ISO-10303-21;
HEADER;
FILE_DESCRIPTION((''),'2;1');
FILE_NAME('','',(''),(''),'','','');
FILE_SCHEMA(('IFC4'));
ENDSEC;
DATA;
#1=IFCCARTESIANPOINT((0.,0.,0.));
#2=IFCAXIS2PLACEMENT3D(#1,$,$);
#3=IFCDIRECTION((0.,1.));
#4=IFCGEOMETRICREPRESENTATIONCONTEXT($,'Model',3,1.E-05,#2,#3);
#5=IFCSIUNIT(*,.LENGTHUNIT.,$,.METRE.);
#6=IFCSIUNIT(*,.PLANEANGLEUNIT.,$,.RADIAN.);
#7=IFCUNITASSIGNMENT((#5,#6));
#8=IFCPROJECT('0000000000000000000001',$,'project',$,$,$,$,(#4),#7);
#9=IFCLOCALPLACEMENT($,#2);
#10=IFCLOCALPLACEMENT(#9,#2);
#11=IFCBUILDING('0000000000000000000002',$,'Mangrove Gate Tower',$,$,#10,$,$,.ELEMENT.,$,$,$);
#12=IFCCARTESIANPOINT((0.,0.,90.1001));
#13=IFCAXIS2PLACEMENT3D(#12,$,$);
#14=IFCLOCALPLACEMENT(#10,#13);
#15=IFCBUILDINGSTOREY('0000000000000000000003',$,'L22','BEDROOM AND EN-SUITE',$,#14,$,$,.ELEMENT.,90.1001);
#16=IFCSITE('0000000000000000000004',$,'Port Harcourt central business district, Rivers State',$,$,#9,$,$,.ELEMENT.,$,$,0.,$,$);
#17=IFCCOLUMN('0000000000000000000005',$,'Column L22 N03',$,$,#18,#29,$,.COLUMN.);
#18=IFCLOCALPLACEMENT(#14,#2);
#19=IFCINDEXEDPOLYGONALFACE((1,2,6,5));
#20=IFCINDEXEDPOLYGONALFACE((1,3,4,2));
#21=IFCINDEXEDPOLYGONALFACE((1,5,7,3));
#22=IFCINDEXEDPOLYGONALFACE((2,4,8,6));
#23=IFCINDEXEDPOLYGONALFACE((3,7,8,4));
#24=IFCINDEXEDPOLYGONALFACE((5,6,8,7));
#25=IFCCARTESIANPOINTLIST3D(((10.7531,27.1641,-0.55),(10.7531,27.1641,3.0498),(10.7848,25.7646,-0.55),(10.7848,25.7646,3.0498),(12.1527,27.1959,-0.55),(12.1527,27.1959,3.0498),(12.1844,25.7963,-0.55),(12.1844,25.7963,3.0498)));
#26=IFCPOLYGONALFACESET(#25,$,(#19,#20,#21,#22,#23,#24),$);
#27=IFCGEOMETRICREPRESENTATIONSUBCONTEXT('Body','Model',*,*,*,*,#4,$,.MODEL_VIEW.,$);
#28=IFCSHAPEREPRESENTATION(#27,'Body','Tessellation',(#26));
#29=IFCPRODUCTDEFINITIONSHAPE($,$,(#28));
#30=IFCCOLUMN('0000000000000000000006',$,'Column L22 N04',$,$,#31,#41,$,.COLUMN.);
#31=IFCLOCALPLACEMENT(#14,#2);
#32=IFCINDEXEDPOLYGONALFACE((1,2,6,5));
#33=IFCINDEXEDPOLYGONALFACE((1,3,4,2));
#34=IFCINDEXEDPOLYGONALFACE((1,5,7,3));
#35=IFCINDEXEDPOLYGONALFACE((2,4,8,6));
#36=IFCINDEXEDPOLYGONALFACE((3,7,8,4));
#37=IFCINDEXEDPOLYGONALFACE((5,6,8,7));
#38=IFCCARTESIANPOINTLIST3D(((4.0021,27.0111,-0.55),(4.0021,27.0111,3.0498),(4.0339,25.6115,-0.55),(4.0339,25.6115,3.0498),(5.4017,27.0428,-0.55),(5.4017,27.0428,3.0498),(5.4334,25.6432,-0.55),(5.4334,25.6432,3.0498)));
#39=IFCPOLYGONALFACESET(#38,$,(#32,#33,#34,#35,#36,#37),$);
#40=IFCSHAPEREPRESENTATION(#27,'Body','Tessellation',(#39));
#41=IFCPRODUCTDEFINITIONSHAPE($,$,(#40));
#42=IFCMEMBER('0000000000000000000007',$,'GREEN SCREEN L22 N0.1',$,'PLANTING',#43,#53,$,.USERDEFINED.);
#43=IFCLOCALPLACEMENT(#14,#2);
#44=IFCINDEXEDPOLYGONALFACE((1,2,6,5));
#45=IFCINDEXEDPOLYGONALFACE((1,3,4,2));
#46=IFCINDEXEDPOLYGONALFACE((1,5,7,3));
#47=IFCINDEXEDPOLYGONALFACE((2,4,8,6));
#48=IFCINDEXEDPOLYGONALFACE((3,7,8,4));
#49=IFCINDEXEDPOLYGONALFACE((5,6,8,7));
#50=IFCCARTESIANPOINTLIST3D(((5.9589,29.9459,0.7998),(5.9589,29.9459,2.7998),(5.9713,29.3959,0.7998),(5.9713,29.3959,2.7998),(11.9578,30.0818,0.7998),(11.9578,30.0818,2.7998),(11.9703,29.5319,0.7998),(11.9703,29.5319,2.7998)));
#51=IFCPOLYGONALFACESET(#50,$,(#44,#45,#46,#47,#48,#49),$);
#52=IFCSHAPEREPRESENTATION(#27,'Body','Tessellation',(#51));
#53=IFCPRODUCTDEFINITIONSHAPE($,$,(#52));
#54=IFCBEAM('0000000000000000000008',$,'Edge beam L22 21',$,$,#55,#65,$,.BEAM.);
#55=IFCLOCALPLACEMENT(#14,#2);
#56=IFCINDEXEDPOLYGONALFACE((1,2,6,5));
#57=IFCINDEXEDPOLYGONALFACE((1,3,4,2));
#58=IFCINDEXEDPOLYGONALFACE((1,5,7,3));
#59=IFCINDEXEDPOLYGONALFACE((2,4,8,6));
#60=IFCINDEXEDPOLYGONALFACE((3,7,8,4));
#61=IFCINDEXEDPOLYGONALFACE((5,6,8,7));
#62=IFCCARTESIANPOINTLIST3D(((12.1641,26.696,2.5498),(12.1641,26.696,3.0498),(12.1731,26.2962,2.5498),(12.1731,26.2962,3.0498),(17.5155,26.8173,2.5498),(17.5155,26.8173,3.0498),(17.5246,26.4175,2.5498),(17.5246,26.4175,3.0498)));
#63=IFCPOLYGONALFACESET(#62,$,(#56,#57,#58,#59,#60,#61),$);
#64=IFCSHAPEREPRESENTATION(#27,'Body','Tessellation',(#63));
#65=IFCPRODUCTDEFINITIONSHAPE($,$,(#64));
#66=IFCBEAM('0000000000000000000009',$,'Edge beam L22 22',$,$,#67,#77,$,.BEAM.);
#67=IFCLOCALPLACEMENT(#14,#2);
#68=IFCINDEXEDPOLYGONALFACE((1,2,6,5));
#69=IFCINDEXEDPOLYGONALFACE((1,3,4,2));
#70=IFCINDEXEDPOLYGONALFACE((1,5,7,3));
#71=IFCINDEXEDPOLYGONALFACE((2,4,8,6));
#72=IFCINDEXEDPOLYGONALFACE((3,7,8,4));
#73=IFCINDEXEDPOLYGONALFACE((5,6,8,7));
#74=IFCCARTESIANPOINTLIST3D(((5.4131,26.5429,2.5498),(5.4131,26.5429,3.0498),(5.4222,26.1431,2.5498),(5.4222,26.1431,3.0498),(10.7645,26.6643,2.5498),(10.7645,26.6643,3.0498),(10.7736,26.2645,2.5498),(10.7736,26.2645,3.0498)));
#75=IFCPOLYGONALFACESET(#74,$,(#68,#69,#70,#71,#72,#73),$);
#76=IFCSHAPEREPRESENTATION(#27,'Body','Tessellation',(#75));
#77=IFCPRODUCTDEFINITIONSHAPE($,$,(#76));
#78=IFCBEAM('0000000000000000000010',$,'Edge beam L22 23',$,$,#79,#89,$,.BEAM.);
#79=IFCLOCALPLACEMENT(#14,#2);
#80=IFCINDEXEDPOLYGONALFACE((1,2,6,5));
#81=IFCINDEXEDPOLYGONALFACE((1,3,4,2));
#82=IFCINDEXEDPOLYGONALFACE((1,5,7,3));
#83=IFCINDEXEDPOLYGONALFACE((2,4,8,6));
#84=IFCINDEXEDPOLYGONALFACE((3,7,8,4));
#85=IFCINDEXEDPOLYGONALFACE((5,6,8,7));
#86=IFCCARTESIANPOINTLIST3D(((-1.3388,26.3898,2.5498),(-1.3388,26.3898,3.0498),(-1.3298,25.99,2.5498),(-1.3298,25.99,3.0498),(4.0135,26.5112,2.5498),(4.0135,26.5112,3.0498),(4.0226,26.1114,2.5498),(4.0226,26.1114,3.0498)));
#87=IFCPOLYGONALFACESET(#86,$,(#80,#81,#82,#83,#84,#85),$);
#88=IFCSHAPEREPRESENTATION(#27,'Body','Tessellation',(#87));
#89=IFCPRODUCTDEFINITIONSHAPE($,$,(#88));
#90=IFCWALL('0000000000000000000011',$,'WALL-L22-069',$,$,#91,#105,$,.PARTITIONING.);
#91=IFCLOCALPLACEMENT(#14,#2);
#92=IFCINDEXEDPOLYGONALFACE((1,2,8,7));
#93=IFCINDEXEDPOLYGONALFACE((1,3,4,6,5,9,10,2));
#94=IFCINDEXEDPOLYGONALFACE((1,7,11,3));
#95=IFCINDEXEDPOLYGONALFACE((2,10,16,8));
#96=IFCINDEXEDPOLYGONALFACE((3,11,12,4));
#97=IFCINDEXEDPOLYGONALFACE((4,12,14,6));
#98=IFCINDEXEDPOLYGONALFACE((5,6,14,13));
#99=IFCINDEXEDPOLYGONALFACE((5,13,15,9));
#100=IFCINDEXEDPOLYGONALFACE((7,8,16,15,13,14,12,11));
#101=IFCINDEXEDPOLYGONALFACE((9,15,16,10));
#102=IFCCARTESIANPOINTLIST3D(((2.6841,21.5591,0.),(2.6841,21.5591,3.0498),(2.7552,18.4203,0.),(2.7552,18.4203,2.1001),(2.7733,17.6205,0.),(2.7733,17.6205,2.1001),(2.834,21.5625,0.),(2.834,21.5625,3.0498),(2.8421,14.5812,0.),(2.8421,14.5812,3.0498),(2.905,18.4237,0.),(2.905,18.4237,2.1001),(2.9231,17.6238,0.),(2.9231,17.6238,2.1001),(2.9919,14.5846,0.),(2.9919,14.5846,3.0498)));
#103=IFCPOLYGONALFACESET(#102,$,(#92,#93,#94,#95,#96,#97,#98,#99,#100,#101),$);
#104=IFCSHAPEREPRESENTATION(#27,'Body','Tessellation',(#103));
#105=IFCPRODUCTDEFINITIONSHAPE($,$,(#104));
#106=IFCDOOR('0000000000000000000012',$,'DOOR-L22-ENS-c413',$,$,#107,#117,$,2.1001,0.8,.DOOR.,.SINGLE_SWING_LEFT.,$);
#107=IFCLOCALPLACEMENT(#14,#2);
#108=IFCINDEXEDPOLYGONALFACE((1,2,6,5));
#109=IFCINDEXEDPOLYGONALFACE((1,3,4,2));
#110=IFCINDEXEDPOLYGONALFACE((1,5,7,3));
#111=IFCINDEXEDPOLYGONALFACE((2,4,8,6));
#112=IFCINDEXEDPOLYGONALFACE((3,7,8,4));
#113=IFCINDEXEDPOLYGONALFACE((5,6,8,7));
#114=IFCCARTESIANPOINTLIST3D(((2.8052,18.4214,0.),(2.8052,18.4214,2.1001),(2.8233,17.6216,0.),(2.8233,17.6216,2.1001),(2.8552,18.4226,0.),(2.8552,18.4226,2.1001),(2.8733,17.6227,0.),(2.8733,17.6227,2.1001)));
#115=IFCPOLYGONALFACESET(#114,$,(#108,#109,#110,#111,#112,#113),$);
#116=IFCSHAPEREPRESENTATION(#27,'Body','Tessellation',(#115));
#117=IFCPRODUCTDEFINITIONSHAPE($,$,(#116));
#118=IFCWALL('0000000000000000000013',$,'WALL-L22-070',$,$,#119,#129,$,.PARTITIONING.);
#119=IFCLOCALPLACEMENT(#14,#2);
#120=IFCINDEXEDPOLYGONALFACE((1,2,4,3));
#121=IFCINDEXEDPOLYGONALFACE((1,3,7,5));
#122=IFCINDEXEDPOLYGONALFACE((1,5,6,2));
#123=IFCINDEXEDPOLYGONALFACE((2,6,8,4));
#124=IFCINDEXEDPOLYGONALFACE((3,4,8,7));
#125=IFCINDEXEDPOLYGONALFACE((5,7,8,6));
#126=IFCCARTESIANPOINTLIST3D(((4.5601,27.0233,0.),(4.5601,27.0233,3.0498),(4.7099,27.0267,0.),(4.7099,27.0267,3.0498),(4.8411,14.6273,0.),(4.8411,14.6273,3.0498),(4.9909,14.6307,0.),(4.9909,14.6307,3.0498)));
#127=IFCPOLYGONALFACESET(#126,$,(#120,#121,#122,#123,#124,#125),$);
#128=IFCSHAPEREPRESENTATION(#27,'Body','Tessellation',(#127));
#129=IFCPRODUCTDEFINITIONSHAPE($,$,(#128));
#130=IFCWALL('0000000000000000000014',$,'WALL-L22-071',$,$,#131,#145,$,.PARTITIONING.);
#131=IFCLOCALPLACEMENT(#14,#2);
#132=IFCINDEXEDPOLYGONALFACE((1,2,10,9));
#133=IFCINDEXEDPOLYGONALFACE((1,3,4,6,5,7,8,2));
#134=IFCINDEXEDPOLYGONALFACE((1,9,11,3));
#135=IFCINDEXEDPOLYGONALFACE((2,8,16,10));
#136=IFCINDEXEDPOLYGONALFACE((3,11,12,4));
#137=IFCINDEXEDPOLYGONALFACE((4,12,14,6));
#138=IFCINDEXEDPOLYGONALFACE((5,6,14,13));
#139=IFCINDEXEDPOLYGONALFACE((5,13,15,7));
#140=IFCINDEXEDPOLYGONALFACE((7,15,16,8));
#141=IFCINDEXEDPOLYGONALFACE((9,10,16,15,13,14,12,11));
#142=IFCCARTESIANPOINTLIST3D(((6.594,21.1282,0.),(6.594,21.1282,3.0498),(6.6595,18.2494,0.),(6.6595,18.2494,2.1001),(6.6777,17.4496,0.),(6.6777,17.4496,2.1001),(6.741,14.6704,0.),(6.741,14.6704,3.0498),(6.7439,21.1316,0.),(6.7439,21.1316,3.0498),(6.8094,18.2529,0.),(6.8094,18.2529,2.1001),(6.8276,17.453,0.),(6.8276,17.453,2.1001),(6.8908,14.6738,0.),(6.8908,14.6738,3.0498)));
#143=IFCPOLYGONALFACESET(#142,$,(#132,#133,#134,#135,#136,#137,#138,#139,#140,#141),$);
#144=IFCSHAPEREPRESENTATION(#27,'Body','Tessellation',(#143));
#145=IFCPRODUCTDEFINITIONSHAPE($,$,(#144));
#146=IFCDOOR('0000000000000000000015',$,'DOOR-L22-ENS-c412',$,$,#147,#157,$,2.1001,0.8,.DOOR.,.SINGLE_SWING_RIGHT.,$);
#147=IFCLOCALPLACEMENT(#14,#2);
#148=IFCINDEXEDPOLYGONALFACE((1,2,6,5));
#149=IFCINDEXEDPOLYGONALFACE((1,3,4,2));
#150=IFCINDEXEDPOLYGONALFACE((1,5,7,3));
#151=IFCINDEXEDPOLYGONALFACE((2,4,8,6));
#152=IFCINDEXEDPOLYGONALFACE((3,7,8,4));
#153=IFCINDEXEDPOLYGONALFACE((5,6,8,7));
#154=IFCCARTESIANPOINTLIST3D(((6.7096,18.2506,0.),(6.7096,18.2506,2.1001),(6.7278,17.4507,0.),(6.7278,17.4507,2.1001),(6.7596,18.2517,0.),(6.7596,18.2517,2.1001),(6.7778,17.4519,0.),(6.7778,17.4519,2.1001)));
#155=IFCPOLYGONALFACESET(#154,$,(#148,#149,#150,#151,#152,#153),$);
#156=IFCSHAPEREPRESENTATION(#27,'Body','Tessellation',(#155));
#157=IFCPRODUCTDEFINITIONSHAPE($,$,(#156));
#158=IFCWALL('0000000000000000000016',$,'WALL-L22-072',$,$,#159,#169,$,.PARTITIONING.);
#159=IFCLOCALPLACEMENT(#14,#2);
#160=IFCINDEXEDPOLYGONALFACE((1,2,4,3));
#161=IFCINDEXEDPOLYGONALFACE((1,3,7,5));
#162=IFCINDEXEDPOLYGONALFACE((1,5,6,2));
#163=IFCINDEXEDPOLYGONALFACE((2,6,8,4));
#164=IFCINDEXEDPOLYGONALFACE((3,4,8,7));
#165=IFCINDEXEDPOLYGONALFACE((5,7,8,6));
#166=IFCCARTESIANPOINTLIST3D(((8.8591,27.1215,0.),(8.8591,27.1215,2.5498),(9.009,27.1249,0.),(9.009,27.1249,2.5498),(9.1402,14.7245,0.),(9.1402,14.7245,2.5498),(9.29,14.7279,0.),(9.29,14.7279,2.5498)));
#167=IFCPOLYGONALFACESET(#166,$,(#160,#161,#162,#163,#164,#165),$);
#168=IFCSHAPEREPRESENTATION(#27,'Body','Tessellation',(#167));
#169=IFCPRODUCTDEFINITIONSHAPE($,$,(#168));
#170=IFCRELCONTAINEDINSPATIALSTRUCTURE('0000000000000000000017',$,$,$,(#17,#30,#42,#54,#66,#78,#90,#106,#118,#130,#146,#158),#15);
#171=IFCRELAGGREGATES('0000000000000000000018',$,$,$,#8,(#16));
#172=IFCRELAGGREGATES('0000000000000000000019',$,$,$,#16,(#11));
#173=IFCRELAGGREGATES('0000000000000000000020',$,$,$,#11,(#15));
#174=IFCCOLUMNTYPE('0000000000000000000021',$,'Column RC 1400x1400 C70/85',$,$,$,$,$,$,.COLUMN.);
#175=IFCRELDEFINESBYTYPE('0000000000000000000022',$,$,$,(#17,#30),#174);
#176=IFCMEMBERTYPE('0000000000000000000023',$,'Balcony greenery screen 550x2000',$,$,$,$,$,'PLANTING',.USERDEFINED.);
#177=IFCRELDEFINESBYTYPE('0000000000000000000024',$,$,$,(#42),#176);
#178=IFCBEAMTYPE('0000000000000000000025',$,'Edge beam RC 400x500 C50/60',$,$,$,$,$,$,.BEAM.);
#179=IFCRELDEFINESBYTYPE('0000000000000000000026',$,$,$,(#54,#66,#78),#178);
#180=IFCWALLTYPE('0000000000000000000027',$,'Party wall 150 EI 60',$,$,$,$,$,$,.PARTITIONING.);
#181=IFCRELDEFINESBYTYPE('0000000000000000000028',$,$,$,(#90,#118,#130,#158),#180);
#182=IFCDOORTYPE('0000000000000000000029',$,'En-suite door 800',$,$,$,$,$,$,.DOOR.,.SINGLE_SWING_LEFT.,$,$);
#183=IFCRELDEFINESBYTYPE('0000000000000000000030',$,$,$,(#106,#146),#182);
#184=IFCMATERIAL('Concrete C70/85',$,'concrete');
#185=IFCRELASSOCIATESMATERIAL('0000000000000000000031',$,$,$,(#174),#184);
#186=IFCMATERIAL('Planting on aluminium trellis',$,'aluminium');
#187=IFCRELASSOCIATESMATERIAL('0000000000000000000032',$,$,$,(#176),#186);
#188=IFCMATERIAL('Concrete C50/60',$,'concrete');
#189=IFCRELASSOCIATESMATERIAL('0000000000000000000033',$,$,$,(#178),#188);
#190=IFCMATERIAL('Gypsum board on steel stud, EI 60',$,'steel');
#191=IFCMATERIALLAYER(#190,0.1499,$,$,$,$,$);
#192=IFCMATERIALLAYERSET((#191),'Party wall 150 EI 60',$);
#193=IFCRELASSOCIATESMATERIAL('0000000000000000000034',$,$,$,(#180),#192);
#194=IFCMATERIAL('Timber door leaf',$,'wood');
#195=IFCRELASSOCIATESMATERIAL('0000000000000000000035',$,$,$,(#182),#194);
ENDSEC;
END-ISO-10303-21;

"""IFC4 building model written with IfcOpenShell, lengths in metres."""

from ifc_helpers import new_model, si_unit, direction, frame, frame_2d, origin, origin_2d, place, context, subcontext, project, spatial, rectangle, extrude, material, layer, layer_set, material_profile, profile_set, type_object, element, fill, save


model = new_model("IFC4")

# Units and contexts
model_context = context("Model", 3, precision=1e-05, world=origin(), true_north=direction((0.0, 1.0)))
body_context = subcontext(model_context, "Body", "Model", "MODEL_VIEW")
ifc_project = project(units=[si_unit("LENGTHUNIT", "METRE"), si_unit("PLANEANGLEUNIT", "RADIAN")], contexts=[model_context])

# Site, building, storey
site_placement = place(None, origin())
site = spatial("IfcSite", under=ifc_project, at=site_placement, Name="Port Harcourt central business district, Rivers State", CompositionType="ELEMENT", RefElevation=0.0)
building_placement = place(site_placement, origin())
building = spatial("IfcBuilding", under=site, at=building_placement, Name="Mangrove Gate Tower", CompositionType="ELEMENT")
storey_placement = place(building_placement, frame((0.0, 0.0, 90.1001)))
storey = spatial("IfcBuildingStorey", under=building, at=storey_placement, Name="L22", Description="BEDROOM AND EN-SUITE", CompositionType="ELEMENT", Elevation=90.1001)

# Columns
ifc_material_1 = material(Name="Concrete C70/85", Category="concrete")
ifc_material_profile_1 = material_profile(ifc_material_1, rectangle(XDim=1.3999, YDim=1.3999, at=origin_2d()))
ifc_profile_set_1 = profile_set([ifc_material_profile_1], Name="Concrete C70/85")
column_type = type_object("IfcColumnType", Name="Column RC 1400x1400 C70/85", PredefinedType="COLUMN", material=ifc_profile_set_1)
for number, where, z_axis, x_axis, name in (
    (1, (11.4688, 26.4802, -0.55), (0.0, 0.0, 1.0), (-0.999743, -0.022657, 0.0), "Column L22 N03"),
    (2, (4.7178, 26.3271, -0.55), (0.0, 0.0, 1.0), (-0.999743, -0.022656, 0.0), "Column L22 N04"),
):
    element("IfcColumn", number, at=place(storey_placement, frame(where, z_axis=z_axis, x_axis=x_axis)), inside=storey, type_object=column_type, Name=name, PredefinedType="COLUMN", context=body_context, shape_type="SweptSolid", body=[
        extrude(rectangle(XDim=1.3999, YDim=1.3999, at=origin_2d()), origin(), (0.0, 0.0, 1.0), 3.5999),
    ])

# Member
ifc_material_2 = material(Name="Planting on aluminium trellis", Category="aluminium")
ifc_material_profile_2 = material_profile(ifc_material_2, rectangle(XDim=0.55, YDim=2.0, at=origin_2d()))
ifc_profile_set_2 = profile_set([ifc_material_profile_2], Name="Planting on aluminium trellis")
member_type = type_object("IfcMemberType", Name="Balcony greenery screen 550x2000", ElementType="PLANTING", PredefinedType="USERDEFINED", material=ifc_profile_set_2)
member_placement = place(storey_placement, frame((5.9651, 29.6709, 1.7998), z_axis=(0.999743, 0.022662, 0.0), x_axis=(-0.022662, 0.999743, 0.0)))
element("IfcMember", 3, at=member_placement, inside=storey, type_object=member_type, Name="GREEN SCREEN L22 N0.1", ObjectType="PLANTING", PredefinedType="USERDEFINED", context=body_context, shape_type="SweptSolid", body=[
    extrude(rectangle(XDim=0.55, YDim=2.0, at=origin_2d()), origin(), (0.0, 0.0, 1.0), 6.0005),
])

# Beams
ifc_material_3 = material(Name="Concrete C50/60", Category="concrete")
ifc_material_profile_3 = material_profile(ifc_material_3, rectangle(XDim=0.3999, YDim=0.5, at=origin_2d()))
ifc_profile_set_3 = profile_set([ifc_material_profile_3], Name="Concrete C50/60")
beam_type = type_object("IfcBeamType", Name="Edge beam RC 400x500 C50/60", PredefinedType="BEAM", material=ifc_profile_set_3)
for number, where, z_axis, x_axis, name in (
    (4, (17.52, 26.6174, 2.7998), (-0.999743, -0.022669, 0.0), (0.022669, -0.999743, 0.0), "Edge beam L22 21"),
    (5, (10.769, 26.4644, 2.7998), (-0.999743, -0.022669, 0.0), (0.022669, -0.999743, 0.0), "Edge beam L22 22"),
):
    element("IfcBeam", number, at=place(storey_placement, frame(where, z_axis=z_axis, x_axis=x_axis)), inside=storey, type_object=beam_type, Name=name, PredefinedType="BEAM", context=body_context, shape_type="SweptSolid", body=[
        extrude(rectangle(XDim=0.3999, YDim=0.5, at=origin_2d()), origin(), (0.0, 0.0, 1.0), 5.3528),
    ])
beam_placement = place(storey_placement, frame((4.0181, 26.3113, 2.7998), z_axis=(-0.999743, -0.022664, 0.0), x_axis=(0.022664, -0.999743, 0.0)))
element("IfcBeam", 6, at=beam_placement, inside=storey, type_object=beam_type, Name="Edge beam L22 23", PredefinedType="BEAM", context=body_context, shape_type="SweptSolid", body=[
    extrude(rectangle(XDim=0.3999, YDim=0.5, at=origin_2d()), origin(), (0.0, 0.0, 1.0), 5.3538),
])

# Wall, opening, door
ifc_material_4 = material(Name="Gypsum board on steel stud, EI 60", Category="steel")
ifc_layer_1 = layer(ifc_material_4, 0.1499)
ifc_layer_set_1 = layer_set([ifc_layer_1], Name="Party wall 150 EI 60")
wall_type_1 = type_object("IfcWallType", Name="Party wall 150 EI 60", PredefinedType="PARTITIONING", material=ifc_layer_set_1)
wall_1_placement = place(storey_placement, frame((2.917, 14.583, 0.0), z_axis=(0.0, 0.0, 1.0), x_axis=(-0.022631, 0.999744, 0.0)))
wall_1 = element("IfcWall", 7, at=wall_1_placement, inside=storey, type_object=wall_type_1, Name="WALL-L22-069", PredefinedType="PARTITIONING", context=body_context, shape_type="SweptSolid", body=[
    extrude(rectangle(XDim=6.9797, YDim=0.1499, at=frame_2d((3.4897, 0.0))), origin(), (0.0, 0.0, 1.0), 3.0498),
])
opening_1_placement = place(wall_1_placement, frame((3.04, 0.0, 0.0)))
opening_1 = element("IfcOpeningElement", 8, at=opening_1_placement, cuts=wall_1, PredefinedType="OPENING", context=body_context, shape_type="SweptSolid", body=[
    extrude(rectangle(XDim=0.8, YDim=2.1001, at=frame_2d((0.3999, 1.05))), frame((0.0, 0.085, 0.0), z_axis=(0.0, -1.0, 0.0), x_axis=(1.0, 0.0, 0.0)), (0.0, 0.0, 1.0), 0.1699),
])
ifc_material_5 = material(Name="Timber door leaf", Category="wood")
door_type = type_object("IfcDoorType", Name="En-suite door 800", OperationType="SINGLE_SWING_LEFT", PredefinedType="DOOR", material=ifc_material_5)
door_1_placement = place(opening_1_placement, origin())
door_1 = element("IfcDoor", 9, at=door_1_placement, inside=storey, type_object=door_type, Name="DOOR-L22-ENS-c413", OperationType="SINGLE_SWING_LEFT", OverallHeight=2.1001, OverallWidth=0.8, PredefinedType="DOOR", context=body_context, shape_type="SweptSolid", body=[
    extrude(rectangle(XDim=0.8, YDim=2.1001, at=frame_2d((0.3999, 1.05))), frame((0.0, 0.0249, 0.0), z_axis=(0.0, -1.0, 0.0), x_axis=(1.0, 0.0, 0.0)), (0.0, 0.0, 1.0), 0.05),
])
fill(opening_1, door_1)

# Wall
wall_2_placement = place(storey_placement, frame((4.916, 14.6289, 0.0), z_axis=(0.0, 0.0, 1.0), x_axis=(-0.022663, 0.999743, 0.0)))
element("IfcWall", 10, at=wall_2_placement, inside=storey, type_object=wall_type_1, Name="WALL-L22-070", PredefinedType="PARTITIONING", context=body_context, shape_type="SweptSolid", body=[
    extrude(rectangle(XDim=12.3992, YDim=0.1499, at=frame_2d((6.1997, 0.0))), origin(), (0.0, 0.0, 1.0), 3.0498),
])

# Wall, opening, door
wall_3_placement = place(storey_placement, frame((6.8159, 14.6721, 0.0), z_axis=(0.0, 0.0, 1.0), x_axis=(-0.022753, 0.999741, 0.0)))
wall_3 = element("IfcWall", 11, at=wall_3_placement, inside=storey, type_object=wall_type_1, Name="WALL-L22-071", PredefinedType="PARTITIONING", context=body_context, shape_type="SweptSolid", body=[
    extrude(rectangle(XDim=6.4595, YDim=0.1499, at=frame_2d((3.2297, 0.0))), origin(), (0.0, 0.0, 1.0), 3.0498),
])
opening_2_placement = place(wall_3_placement, frame((2.78, 0.0, 0.0)))
opening_2 = element("IfcOpeningElement", 12, at=opening_2_placement, cuts=wall_3, PredefinedType="OPENING", context=body_context, shape_type="SweptSolid", body=[
    extrude(rectangle(XDim=0.8, YDim=2.1001, at=frame_2d((0.3999, 1.05))), frame((0.0, 0.085, 0.0), z_axis=(0.0, -1.0, 0.0), x_axis=(1.0, 0.0, 0.0)), (0.0, 0.0, 1.0), 0.1699),
])
door_2_placement = place(opening_2_placement, origin())
door_2 = element("IfcDoor", 13, at=door_2_placement, inside=storey, type_object=door_type, Name="DOOR-L22-ENS-c412", OperationType="SINGLE_SWING_RIGHT", OverallHeight=2.1001, OverallWidth=0.8, PredefinedType="DOOR", context=body_context, shape_type="SweptSolid", body=[
    extrude(rectangle(XDim=0.8, YDim=2.1001, at=frame_2d((0.3999, 1.05))), frame((0.0, 0.0249, 0.0), z_axis=(0.0, -1.0, 0.0), x_axis=(1.0, 0.0, 0.0)), (0.0, 0.0, 1.0), 0.05),
])
fill(opening_2, door_2)

# Wall
wall_4_placement = place(storey_placement, frame((9.2151, 14.7261, 0.0), z_axis=(0.0, 0.0, 1.0), x_axis=(-0.022661, 0.999743, 0.0)))
element("IfcWall", 14, at=wall_4_placement, inside=storey, type_object=wall_type_1, Name="WALL-L22-072", PredefinedType="PARTITIONING", context=body_context, shape_type="SweptSolid", body=[
    extrude(rectangle(XDim=12.4001, YDim=0.1499, at=frame_2d((6.2002, 0.0))), origin(), (0.0, 0.0, 1.0), 2.5498),
])

save(model, "model.ifc")
